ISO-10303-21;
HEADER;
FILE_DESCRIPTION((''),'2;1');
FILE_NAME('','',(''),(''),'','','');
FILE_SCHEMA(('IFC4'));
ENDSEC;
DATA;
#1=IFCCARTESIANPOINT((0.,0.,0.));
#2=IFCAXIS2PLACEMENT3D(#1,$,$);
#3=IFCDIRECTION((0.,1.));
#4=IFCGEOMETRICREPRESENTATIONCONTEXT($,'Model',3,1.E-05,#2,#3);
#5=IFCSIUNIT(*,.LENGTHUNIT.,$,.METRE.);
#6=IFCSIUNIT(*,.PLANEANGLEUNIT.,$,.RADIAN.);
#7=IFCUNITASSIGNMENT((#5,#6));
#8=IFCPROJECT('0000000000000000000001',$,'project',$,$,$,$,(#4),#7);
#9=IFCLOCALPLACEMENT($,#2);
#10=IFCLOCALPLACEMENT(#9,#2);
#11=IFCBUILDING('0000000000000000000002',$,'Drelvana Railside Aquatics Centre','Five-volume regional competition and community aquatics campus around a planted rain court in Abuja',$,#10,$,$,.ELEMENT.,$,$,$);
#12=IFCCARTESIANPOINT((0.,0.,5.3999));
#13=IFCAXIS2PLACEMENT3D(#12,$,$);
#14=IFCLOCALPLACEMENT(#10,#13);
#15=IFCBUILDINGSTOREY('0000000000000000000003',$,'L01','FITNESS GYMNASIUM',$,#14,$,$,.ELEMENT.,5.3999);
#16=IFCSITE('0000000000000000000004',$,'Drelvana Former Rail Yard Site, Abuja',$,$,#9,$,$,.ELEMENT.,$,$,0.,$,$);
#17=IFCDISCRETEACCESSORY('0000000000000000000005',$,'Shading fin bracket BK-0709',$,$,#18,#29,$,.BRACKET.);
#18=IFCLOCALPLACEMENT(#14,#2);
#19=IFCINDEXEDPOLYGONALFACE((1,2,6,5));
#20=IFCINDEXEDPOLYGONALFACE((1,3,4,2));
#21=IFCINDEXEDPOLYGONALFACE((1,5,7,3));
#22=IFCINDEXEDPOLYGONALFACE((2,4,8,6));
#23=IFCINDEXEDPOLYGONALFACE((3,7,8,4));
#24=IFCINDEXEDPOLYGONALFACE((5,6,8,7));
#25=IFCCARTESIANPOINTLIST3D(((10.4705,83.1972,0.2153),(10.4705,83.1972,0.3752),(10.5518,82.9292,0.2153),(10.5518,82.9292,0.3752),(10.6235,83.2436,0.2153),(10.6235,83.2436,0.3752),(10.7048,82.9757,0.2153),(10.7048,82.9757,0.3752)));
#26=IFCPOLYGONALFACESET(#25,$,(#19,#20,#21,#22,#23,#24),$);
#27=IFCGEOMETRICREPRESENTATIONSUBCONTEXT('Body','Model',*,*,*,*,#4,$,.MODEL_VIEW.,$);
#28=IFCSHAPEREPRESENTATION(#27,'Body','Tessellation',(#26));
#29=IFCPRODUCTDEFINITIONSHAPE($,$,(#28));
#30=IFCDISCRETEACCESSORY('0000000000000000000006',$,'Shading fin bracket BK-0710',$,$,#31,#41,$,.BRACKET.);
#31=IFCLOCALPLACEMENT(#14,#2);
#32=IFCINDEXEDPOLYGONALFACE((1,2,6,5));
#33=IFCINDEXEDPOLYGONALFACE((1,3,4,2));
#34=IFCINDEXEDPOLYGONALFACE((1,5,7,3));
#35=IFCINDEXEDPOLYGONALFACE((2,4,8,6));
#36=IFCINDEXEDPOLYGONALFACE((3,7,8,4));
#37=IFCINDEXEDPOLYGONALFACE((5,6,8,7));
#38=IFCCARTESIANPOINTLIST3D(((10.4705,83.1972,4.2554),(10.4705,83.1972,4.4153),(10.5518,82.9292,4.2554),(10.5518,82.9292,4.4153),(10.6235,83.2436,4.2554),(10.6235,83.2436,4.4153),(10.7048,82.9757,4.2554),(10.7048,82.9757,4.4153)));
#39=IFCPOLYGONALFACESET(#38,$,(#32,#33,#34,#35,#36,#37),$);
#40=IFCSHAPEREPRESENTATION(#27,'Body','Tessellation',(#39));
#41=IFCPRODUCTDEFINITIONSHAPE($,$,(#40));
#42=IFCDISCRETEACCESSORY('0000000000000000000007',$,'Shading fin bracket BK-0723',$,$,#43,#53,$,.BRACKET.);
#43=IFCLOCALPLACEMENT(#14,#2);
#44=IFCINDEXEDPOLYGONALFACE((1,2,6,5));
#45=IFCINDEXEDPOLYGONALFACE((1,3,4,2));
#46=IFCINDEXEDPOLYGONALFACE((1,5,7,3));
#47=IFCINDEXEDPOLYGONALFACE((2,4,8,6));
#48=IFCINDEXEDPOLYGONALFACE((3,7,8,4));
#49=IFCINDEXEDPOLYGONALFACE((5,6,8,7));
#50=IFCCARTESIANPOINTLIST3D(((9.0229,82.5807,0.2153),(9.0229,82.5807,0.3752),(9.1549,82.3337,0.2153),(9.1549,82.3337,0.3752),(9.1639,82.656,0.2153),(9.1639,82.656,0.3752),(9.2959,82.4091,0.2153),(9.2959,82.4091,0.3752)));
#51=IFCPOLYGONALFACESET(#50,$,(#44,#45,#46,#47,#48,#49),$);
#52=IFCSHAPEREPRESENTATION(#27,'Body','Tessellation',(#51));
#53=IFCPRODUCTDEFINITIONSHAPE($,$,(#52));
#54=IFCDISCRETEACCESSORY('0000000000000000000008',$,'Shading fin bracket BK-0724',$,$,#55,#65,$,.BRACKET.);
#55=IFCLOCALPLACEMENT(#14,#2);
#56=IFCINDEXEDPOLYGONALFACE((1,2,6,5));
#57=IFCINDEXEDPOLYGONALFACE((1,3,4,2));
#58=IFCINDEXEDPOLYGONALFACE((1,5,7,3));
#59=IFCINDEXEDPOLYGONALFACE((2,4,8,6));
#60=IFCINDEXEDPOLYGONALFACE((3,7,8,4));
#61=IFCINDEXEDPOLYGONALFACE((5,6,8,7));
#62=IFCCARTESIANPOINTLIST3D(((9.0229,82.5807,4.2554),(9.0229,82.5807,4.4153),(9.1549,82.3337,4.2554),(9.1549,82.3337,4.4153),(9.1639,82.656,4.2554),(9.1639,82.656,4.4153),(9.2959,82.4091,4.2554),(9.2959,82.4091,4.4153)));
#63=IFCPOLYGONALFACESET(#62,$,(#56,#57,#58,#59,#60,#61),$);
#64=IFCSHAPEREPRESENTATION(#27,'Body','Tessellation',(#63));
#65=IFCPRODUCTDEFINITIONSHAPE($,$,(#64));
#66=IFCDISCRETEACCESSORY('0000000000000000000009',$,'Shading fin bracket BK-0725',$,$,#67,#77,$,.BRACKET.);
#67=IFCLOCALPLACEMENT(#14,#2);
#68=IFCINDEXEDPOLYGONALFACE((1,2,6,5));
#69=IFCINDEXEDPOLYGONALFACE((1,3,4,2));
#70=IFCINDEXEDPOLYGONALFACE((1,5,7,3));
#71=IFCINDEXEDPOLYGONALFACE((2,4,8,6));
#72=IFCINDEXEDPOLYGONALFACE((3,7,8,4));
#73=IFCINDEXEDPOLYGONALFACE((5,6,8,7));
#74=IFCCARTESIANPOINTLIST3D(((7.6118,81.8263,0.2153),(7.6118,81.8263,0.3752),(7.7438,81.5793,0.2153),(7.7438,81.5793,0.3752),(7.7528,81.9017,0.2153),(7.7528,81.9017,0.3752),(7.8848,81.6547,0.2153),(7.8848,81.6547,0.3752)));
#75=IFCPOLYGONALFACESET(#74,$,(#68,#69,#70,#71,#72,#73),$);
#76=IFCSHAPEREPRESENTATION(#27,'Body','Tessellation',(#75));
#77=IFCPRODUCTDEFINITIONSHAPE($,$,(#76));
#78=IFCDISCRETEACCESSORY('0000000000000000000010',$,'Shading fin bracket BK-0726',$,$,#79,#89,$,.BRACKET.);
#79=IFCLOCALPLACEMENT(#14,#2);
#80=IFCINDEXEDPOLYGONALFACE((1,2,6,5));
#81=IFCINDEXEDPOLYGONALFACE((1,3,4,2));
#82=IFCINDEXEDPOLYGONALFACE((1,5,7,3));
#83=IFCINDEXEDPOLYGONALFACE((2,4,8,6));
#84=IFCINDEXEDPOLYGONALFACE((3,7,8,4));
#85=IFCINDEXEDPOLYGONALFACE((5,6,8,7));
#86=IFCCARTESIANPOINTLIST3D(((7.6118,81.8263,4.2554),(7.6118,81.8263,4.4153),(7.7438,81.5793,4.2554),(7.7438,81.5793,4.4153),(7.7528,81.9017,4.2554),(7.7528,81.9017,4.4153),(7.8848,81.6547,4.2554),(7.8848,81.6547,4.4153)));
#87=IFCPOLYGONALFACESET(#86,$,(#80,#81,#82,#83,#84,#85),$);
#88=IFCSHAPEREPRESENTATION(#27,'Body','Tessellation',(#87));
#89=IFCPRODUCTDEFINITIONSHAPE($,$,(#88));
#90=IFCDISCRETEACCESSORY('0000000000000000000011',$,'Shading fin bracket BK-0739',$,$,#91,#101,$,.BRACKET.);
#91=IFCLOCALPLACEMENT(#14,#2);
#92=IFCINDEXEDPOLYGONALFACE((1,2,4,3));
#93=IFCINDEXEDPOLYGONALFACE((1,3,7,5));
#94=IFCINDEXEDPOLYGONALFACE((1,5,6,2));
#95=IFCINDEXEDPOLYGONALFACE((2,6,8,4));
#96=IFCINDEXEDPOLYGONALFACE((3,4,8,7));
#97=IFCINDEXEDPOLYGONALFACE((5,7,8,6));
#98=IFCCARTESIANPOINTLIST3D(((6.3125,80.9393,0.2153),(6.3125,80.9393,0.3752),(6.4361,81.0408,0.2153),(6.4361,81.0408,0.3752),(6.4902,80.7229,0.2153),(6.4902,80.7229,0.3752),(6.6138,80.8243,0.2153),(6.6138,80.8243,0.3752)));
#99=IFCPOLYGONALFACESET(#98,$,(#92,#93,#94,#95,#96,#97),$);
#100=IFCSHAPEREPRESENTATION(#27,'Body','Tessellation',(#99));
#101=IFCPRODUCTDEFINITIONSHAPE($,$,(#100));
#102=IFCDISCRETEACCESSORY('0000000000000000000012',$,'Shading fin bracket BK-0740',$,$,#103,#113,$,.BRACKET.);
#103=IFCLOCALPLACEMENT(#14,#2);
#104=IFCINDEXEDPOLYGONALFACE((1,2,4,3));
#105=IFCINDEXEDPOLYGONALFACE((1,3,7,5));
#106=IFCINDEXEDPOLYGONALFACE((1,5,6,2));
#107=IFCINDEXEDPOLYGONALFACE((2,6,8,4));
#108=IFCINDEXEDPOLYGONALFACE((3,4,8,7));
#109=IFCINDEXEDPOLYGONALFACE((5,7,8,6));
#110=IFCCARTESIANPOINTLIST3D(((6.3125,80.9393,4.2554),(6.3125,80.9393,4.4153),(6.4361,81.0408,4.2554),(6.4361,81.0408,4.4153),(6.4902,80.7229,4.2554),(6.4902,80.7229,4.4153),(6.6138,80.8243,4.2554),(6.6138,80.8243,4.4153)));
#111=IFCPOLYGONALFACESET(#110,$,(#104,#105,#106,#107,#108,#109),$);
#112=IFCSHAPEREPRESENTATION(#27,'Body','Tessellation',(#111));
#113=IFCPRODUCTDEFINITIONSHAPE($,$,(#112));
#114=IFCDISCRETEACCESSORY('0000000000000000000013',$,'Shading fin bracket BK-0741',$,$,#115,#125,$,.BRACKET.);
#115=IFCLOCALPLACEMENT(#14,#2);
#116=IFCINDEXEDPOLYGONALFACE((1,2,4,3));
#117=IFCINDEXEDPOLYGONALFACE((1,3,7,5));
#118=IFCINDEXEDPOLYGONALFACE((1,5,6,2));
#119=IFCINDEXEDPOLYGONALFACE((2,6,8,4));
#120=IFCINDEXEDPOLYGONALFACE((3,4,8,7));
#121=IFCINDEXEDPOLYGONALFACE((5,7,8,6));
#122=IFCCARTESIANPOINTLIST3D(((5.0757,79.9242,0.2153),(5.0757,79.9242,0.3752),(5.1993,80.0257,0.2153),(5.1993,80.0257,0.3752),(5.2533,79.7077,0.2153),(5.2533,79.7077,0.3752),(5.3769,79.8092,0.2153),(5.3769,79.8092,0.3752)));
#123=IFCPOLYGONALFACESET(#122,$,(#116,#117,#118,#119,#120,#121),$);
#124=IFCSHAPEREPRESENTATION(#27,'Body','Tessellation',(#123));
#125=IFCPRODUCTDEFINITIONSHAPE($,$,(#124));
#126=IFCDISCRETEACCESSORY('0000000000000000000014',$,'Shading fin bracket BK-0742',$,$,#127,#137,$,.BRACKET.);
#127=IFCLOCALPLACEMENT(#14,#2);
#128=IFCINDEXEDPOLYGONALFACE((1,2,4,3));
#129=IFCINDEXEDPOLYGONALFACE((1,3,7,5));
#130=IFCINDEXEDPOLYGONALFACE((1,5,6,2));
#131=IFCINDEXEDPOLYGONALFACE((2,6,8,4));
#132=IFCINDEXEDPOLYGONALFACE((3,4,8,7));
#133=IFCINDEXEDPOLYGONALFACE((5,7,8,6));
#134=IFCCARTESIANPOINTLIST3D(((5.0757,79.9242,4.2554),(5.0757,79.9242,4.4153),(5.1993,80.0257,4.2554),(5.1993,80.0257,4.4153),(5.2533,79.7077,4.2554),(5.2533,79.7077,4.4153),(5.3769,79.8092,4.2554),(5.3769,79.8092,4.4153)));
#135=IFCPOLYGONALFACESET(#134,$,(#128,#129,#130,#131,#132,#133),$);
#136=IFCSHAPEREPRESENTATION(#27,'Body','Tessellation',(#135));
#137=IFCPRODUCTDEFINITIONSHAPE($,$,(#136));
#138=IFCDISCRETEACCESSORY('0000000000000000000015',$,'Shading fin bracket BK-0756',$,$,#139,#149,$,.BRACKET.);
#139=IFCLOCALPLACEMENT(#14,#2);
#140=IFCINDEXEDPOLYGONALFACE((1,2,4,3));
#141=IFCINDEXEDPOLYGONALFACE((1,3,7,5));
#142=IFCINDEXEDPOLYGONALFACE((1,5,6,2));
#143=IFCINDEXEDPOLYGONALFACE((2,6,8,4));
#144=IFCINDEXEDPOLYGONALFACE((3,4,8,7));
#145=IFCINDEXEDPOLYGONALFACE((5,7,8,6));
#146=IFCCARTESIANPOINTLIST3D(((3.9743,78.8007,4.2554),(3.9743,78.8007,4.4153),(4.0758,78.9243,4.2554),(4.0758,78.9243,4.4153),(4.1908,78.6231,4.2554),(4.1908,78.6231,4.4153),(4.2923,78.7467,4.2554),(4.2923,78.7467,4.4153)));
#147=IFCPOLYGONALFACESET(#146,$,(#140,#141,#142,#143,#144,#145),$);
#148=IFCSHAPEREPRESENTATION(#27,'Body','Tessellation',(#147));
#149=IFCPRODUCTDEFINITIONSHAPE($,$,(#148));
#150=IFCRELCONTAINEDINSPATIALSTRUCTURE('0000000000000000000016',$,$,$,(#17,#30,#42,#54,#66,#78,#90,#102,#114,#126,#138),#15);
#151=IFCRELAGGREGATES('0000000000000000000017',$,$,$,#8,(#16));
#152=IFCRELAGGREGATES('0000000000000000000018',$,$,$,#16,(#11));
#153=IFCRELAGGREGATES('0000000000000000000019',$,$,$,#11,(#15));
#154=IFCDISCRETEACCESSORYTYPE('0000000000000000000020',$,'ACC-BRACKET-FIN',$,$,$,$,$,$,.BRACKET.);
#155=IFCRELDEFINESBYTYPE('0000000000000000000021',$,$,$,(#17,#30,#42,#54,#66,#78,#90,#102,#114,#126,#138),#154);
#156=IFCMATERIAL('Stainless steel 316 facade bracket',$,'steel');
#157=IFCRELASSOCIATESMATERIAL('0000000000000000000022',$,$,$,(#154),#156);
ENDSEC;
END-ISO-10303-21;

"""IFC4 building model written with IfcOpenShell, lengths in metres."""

from ifc_helpers import new_model, si_unit, direction, frame, origin, origin_2d, place, context, subcontext, project, spatial, rectangle, extrude, material, type_object, element, save


model = new_model("IFC4")

# Units and contexts
model_context = context("Model", 3, precision=1e-05, world=origin(), true_north=direction((0.0, 1.0)))
body_context = subcontext(model_context, "Body", "Model", "MODEL_VIEW")
ifc_project = project(units=[si_unit("LENGTHUNIT", "METRE"), si_unit("PLANEANGLEUNIT", "RADIAN")], contexts=[model_context])

# Site, building, storey
site_placement = place(None, origin())
site = spatial("IfcSite", under=ifc_project, at=site_placement, Name="Drelvana Former Rail Yard Site, Abuja", CompositionType="ELEMENT", RefElevation=0.0)
building_placement = place(site_placement, origin())
building = spatial("IfcBuilding", under=site, at=building_placement, Name="Drelvana Railside Aquatics Centre", Description="Five-volume regional competition and community aquatics campus around a planted rain court in Abuja", CompositionType="ELEMENT")
storey_placement = place(building_placement, frame((0.0, 0.0, 5.3999)))
storey = spatial("IfcBuildingStorey", under=building, at=storey_placement, Name="L01", Description="FITNESS GYMNASIUM", CompositionType="ELEMENT", Elevation=5.3999)

# Discrete accessories
ifc_material_1 = material(Name="Stainless steel 316 facade bracket", Category="steel")
discrete_accessory_type = type_object("IfcDiscreteAccessoryType", Name="ACC-BRACKET-FIN", PredefinedType="BRACKET", material=ifc_material_1)
for number, where, z_axis, x_axis, name in (
    (1, (10.5876, 83.0864, 0.2153), (0.0, 0.0, 1.0), (-0.290285, 0.95694, 0.0), "Shading fin bracket BK-0709"),
    (2, (10.5876, 83.0864, 4.2554), (0.0, 0.0, 1.0), (-0.290285, 0.95694, 0.0), "Shading fin bracket BK-0710"),
    (3, (9.1594, 82.4949, 0.2153), (0.0, 0.0, 1.0), (-0.471397, 0.881921, 0.0), "Shading fin bracket BK-0723"),
    (4, (9.1594, 82.4949, 4.2554), (0.0, 0.0, 1.0), (-0.471397, 0.881921, 0.0), "Shading fin bracket BK-0724"),
    (5, (7.7483, 81.7405, 0.2153), (0.0, 0.0, 1.0), (-0.471397, 0.881921, 0.0), "Shading fin bracket BK-0725"),
    (6, (7.7483, 81.7405, 4.2554), (0.0, 0.0, 1.0), (-0.471397, 0.881921, 0.0), "Shading fin bracket BK-0726"),
    (7, (6.4631, 80.8818, 0.2153), (0.0, 0.0, 1.0), (-0.634393, 0.77301, 0.0), "Shading fin bracket BK-0739"),
    (8, (6.4631, 80.8818, 4.2554), (0.0, 0.0, 1.0), (-0.634393, 0.77301, 0.0), "Shading fin bracket BK-0740"),
    (9, (5.2263, 79.8667, 0.2153), (0.0, 0.0, 1.0), (-0.634393, 0.77301, 0.0), "Shading fin bracket BK-0741"),
    (10, (5.2263, 79.8667, 4.2554), (0.0, 0.0, 1.0), (-0.634393, 0.77301, 0.0), "Shading fin bracket BK-0742"),
    (11, (4.1333, 78.7737, 4.2554), (0.0, 0.0, 1.0), (-0.77301, 0.634393, 0.0), "Shading fin bracket BK-0756"),
):
    element("IfcDiscreteAccessory", number, at=place(storey_placement, frame(where, z_axis=z_axis, x_axis=x_axis)), inside=storey, type_object=discrete_accessory_type, Name=name, PredefinedType="BRACKET", context=body_context, shape_type="SweptSolid", body=[
        extrude(rectangle(XDim=0.28, YDim=0.1599, at=origin_2d()), origin(), (0.0, 0.0, 1.0), 0.1599),
    ])

save(model, "model.ifc")
